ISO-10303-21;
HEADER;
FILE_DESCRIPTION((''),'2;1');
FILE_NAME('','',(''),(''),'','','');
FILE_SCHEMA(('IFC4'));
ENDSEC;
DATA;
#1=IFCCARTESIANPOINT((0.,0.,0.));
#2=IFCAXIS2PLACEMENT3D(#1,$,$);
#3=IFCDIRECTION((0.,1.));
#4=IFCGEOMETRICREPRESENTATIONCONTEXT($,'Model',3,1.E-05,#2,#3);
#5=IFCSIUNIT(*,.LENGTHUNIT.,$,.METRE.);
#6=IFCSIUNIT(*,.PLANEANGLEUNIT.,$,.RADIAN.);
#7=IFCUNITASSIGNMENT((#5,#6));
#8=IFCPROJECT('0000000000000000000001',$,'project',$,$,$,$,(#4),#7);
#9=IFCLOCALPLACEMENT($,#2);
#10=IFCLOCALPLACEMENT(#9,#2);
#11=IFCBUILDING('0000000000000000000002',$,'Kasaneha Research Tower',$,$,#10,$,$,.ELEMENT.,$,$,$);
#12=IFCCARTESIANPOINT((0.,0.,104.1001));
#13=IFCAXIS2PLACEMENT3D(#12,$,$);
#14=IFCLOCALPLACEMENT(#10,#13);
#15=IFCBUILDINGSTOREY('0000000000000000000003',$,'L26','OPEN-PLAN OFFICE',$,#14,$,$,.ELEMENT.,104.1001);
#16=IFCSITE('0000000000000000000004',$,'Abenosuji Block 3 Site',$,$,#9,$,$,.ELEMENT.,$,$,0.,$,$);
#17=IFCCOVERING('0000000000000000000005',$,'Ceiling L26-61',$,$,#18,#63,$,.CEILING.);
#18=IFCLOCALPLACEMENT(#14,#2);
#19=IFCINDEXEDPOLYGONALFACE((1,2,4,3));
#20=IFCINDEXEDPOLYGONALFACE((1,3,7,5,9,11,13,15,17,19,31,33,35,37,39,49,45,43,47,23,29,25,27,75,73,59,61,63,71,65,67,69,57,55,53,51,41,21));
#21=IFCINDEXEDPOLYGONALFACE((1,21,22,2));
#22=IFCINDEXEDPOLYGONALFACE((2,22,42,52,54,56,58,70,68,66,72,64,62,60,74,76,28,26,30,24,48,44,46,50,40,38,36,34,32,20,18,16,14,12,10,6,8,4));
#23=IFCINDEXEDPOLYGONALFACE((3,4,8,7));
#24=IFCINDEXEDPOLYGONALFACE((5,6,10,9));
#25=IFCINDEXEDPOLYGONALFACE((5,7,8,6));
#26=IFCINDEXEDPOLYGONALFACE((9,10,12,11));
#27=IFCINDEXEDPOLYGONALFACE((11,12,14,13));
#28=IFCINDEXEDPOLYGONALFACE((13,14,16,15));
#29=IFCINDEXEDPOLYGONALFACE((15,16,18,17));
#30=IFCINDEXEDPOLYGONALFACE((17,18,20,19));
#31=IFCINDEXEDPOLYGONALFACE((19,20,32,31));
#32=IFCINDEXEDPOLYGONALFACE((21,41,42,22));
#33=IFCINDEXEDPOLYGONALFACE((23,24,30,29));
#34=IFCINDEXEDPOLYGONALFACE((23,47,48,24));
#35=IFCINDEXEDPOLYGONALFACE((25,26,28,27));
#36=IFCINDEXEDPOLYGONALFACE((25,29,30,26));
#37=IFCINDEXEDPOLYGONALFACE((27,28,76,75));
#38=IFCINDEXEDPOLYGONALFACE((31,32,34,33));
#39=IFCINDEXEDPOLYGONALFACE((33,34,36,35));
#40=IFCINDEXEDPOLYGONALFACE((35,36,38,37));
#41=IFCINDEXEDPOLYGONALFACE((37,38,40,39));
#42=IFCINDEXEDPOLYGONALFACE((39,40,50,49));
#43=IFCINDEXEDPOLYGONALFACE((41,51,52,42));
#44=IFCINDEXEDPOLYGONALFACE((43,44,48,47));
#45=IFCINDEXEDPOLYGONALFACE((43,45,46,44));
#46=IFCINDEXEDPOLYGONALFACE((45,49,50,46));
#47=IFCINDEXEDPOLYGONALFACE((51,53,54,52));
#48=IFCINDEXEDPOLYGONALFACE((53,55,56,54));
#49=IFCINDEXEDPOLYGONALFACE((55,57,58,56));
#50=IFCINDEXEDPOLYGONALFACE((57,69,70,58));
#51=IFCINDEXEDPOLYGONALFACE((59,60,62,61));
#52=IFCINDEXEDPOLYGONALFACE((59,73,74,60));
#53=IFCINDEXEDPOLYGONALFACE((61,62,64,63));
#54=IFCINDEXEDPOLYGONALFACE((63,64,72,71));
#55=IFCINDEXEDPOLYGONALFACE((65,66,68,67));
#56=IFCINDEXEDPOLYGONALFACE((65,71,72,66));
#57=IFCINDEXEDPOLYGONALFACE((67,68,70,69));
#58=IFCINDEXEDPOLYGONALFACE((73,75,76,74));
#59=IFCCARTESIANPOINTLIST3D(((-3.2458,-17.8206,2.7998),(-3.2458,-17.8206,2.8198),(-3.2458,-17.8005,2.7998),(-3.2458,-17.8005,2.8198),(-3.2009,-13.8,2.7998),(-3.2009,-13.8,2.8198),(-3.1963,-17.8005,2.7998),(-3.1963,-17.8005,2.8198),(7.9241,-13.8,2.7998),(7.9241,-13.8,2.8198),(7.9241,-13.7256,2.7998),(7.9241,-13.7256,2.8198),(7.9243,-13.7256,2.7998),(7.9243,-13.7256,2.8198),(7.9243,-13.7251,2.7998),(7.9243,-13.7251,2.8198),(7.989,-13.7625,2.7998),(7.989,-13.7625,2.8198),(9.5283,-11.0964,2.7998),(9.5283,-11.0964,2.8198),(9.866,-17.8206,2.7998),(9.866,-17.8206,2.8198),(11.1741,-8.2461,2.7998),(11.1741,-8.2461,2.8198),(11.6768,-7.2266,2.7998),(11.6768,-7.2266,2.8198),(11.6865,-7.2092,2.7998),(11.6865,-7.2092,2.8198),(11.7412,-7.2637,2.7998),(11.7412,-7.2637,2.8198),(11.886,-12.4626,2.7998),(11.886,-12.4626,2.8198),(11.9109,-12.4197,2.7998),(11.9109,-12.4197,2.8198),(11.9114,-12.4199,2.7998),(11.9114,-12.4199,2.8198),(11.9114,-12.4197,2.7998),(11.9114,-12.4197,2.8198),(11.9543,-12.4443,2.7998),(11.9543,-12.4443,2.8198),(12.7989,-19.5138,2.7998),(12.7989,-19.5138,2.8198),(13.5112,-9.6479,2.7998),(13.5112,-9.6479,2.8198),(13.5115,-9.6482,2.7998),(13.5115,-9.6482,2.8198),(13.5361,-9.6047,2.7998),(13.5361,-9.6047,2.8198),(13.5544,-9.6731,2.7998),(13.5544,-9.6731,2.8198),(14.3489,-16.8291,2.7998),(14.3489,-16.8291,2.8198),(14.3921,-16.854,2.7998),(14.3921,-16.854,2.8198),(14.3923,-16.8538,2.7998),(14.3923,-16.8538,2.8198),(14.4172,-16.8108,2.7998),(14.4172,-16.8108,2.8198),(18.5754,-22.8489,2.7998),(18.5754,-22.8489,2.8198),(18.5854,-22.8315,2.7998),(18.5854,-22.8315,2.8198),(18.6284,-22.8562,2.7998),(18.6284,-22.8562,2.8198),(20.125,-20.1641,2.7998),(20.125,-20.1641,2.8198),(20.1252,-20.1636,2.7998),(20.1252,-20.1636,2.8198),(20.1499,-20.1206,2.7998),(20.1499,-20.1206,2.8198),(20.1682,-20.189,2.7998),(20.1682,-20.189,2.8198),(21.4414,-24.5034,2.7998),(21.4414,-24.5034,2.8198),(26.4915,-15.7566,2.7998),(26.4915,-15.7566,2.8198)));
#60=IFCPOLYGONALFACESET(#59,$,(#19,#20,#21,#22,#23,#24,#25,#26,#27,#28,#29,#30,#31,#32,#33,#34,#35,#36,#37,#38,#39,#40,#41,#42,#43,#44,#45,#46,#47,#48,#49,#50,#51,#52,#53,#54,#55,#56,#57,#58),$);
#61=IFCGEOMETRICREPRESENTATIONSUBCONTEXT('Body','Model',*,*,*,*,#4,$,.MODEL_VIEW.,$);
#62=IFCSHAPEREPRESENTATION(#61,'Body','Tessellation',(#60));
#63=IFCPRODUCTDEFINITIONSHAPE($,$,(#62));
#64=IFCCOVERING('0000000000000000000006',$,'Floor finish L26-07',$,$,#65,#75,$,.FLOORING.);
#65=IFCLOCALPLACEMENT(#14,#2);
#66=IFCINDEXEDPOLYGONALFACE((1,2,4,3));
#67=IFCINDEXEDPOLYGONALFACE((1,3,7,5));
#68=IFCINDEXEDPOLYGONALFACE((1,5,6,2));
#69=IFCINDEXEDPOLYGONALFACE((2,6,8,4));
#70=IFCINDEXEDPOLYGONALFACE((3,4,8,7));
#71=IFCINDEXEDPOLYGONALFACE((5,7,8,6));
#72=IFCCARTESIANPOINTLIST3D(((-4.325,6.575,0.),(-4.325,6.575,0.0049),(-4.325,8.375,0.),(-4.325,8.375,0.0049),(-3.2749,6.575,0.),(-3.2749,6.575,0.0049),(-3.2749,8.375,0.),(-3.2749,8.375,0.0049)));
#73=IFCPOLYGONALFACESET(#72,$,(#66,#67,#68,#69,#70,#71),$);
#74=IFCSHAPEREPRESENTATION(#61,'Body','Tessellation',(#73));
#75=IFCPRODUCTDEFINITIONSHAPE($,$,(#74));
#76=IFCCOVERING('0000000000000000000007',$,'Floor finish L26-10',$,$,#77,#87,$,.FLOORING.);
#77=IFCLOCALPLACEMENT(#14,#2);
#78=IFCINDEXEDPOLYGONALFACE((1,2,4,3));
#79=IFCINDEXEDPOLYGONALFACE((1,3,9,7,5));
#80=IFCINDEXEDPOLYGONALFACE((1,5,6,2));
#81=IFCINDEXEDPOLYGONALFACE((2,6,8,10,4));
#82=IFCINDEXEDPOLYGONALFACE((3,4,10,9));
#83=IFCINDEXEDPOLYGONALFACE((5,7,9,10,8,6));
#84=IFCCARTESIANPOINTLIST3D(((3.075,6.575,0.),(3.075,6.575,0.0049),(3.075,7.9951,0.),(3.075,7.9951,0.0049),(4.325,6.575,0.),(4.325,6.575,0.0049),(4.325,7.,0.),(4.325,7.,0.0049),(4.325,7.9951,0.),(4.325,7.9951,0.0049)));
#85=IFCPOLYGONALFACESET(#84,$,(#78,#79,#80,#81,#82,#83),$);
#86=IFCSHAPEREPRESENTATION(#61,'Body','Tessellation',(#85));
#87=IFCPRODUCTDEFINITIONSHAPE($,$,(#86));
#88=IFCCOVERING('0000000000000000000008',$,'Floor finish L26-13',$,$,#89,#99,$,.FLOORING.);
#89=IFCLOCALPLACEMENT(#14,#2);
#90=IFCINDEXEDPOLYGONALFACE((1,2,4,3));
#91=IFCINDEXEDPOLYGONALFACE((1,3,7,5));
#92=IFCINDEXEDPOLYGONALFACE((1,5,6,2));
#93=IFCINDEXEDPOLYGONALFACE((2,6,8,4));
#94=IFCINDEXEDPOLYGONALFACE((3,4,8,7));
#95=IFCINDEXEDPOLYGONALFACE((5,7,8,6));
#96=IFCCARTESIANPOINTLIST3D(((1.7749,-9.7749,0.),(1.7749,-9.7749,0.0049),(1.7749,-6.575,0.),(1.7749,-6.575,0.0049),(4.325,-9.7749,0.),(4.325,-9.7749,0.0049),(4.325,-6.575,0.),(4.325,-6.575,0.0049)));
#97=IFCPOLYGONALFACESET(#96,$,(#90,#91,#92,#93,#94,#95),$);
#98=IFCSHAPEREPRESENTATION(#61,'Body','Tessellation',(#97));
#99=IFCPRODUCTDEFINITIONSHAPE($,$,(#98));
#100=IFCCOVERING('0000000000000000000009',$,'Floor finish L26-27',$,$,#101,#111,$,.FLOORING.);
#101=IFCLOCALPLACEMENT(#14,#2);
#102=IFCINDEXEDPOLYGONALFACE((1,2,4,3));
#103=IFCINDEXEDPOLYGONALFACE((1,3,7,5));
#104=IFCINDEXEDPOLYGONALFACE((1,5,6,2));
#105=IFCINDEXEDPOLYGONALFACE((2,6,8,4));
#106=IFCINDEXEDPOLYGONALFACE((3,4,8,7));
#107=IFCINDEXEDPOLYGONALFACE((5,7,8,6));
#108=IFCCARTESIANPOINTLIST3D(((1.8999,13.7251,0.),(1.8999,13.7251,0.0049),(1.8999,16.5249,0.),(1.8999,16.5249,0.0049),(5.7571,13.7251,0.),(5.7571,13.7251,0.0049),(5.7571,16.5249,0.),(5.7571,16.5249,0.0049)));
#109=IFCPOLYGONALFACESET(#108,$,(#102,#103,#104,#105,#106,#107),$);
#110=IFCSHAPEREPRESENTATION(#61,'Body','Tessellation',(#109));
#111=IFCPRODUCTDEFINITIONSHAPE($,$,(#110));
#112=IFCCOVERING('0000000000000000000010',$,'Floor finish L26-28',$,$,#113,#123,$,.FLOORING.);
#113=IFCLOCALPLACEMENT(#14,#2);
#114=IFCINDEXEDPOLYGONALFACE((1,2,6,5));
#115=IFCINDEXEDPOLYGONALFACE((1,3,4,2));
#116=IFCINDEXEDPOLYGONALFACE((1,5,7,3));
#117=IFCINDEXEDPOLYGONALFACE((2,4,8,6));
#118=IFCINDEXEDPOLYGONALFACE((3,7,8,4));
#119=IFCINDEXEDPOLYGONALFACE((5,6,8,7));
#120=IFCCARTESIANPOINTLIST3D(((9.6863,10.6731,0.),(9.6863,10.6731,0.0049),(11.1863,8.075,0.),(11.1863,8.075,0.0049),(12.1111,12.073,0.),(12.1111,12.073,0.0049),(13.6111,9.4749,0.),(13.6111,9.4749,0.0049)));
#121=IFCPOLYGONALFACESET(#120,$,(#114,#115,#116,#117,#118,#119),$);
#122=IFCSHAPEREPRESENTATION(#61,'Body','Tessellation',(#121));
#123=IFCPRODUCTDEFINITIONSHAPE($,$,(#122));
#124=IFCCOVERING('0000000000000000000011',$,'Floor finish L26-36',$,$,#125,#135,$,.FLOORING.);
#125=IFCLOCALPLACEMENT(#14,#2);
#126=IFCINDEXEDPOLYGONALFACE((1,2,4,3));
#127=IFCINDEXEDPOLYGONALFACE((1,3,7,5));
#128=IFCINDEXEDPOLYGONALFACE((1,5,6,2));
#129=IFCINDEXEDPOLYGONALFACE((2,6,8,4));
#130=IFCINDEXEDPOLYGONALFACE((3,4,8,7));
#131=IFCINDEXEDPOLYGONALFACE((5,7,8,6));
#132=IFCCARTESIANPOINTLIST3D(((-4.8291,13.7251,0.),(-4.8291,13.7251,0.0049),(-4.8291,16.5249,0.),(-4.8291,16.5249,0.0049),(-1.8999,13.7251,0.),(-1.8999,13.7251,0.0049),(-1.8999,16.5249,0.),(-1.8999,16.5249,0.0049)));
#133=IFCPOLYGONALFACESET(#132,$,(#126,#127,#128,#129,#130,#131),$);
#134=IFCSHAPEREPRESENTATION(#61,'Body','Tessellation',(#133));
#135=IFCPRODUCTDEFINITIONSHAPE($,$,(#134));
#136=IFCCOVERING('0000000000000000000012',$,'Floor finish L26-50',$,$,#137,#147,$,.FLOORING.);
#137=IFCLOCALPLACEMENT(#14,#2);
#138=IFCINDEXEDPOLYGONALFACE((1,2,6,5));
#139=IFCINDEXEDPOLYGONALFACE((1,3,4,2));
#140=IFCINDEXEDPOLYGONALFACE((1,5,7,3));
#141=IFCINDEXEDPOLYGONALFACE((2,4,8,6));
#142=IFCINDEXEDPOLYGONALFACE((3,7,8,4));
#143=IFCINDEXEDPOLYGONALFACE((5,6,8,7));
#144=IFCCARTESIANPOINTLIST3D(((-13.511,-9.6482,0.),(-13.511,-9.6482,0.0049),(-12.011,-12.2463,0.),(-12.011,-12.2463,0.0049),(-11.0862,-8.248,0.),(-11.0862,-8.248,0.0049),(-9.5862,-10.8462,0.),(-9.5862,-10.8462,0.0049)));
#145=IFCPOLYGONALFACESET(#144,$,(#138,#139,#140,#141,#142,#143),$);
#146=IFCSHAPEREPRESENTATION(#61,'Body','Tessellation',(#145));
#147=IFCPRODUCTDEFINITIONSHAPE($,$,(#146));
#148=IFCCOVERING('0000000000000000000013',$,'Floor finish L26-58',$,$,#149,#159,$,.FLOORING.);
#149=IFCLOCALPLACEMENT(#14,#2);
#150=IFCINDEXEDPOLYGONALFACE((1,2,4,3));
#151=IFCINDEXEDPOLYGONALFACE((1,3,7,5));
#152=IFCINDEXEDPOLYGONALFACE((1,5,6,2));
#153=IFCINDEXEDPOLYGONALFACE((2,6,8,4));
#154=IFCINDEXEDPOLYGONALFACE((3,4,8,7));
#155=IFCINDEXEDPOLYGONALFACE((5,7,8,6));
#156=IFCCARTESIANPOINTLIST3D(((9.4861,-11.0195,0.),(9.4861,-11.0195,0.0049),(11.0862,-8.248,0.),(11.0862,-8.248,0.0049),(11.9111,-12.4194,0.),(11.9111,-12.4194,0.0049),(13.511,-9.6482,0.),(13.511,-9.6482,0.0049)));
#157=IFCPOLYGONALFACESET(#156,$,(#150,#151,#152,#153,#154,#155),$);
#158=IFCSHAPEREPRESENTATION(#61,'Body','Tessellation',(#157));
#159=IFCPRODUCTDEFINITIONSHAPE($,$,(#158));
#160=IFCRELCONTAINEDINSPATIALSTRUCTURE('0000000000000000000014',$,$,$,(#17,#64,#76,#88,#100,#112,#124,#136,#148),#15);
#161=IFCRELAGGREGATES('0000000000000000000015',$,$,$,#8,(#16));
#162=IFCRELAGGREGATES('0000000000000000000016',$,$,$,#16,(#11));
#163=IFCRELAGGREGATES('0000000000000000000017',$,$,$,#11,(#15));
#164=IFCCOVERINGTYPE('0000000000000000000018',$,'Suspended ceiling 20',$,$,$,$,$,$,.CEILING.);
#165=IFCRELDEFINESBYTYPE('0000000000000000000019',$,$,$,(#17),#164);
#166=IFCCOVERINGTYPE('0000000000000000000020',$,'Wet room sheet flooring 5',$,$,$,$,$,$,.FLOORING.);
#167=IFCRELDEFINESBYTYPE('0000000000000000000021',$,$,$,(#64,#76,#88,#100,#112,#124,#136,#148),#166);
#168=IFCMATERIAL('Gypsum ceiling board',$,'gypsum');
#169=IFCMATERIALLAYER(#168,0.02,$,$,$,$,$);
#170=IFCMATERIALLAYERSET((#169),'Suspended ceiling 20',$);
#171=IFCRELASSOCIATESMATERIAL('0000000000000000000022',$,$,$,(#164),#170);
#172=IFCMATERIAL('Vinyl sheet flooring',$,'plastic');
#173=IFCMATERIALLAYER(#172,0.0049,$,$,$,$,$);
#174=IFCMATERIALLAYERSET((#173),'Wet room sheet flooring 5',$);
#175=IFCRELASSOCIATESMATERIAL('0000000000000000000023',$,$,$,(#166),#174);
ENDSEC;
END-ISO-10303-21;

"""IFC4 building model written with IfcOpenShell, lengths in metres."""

from ifc_helpers import new_model, si_unit, direction, frame, origin, place, context, subcontext, project, spatial, polyline, outline, extrude, material, layer, layer_set, type_object, element, save


model = new_model("IFC4")

# Units and contexts
model_context = context("Model", 3, precision=1e-05, world=origin(), true_north=direction((0.0, 1.0)))
body_context = subcontext(model_context, "Body", "Model", "MODEL_VIEW")
ifc_project = project(units=[si_unit("LENGTHUNIT", "METRE"), si_unit("PLANEANGLEUNIT", "RADIAN")], contexts=[model_context])

# Site, building, storey
site_placement = place(None, origin())
site = spatial("IfcSite", under=ifc_project, at=site_placement, Name="Abenosuji Block 3 Site", CompositionType="ELEMENT", RefElevation=0.0)
building_placement = place(site_placement, origin())
building = spatial("IfcBuilding", under=site, at=building_placement, Name="Kasaneha Research Tower", CompositionType="ELEMENT")
storey_placement = place(building_placement, frame((0.0, 0.0, 104.1001)))
storey = spatial("IfcBuildingStorey", under=building, at=storey_placement, Name="L26", Description="OPEN-PLAN OFFICE", CompositionType="ELEMENT", Elevation=104.1001)

# Coverings
ifc_material_1 = material(Name="Gypsum ceiling board", Category="gypsum")
ifc_layer_1 = layer(ifc_material_1, 0.02)
ifc_layer_set_1 = layer_set([ifc_layer_1], Name="Suspended ceiling 20")
covering_type_1 = type_object("IfcCoveringType", Name="Suspended ceiling 20", PredefinedType="CEILING", material=ifc_layer_set_1)
covering_1_placement = place(storey_placement, frame((0.0, 0.0, 2.7998)))
element("IfcCovering", 1, at=covering_1_placement, inside=storey, type_object=covering_type_1, Name="Ceiling L26-61", PredefinedType="CEILING", context=body_context, shape_type="SweptSolid", body=[
    extrude(outline(polyline([(7.9243, -13.7256), (7.9243, -13.7251), (7.989, -13.7625), (9.5283, -11.0964), (11.886, -12.4626), (11.9109, -12.4197), (11.9114, -12.4199), (11.9114, -12.4197), (11.9543, -12.4443), (13.5544, -9.6731), (13.5115, -9.6482), (13.5115, -9.6482), (13.5112, -9.6479), (13.5361, -9.6047), (11.1741, -8.2461), (11.7412, -7.2637), (11.6768, -7.2266), (11.6865, -7.2092), (26.4915, -15.7566), (21.4414, -24.5034), (18.5754, -22.8489), (18.5854, -22.8315), (18.6284, -22.8562), (20.1682, -20.189), (20.125, -20.1641), (20.1252, -20.1636), (20.1252, -20.1636), (20.1499, -20.1206), (14.4172, -16.8108), (14.3923, -16.8538), (14.3923, -16.8538), (14.3921, -16.854), (14.3489, -16.8291), (12.7988, -19.5139), (12.8418, -19.5386), (12.8418, -19.5386), (9.866, -17.8206), (-3.2458, -17.8206), (-3.2458, -17.8005), (-3.1963, -17.8005), (-3.2009, -13.8), (7.9241, -13.8), (7.9241, -13.7256), (7.9243, -13.7256)])), origin(), (0.0, 0.0, 1.0), 0.02),
])
ifc_material_2 = material(Name="Vinyl sheet flooring", Category="plastic")
ifc_layer_2 = layer(ifc_material_2, 0.0049)
ifc_layer_set_2 = layer_set([ifc_layer_2], Name="Wet room sheet flooring 5")
covering_type_2 = type_object("IfcCoveringType", Name="Wet room sheet flooring 5", PredefinedType="FLOORING", material=ifc_layer_set_2)
covering_2_placement = place(storey_placement, origin())
element("IfcCovering", 2, at=covering_2_placement, inside=storey, type_object=covering_type_2, Name="Floor finish L26-07", PredefinedType="FLOORING", context=body_context, shape_type="SweptSolid", body=[
    extrude(outline(polyline([(-4.325, 6.575), (-4.325, 8.375), (-3.2749, 8.375), (-3.2749, 6.575), (-4.325, 6.575)])), origin(), (0.0, 0.0, 1.0), 0.0049),
])
covering_3_placement = place(storey_placement, origin())
element("IfcCovering", 3, at=covering_3_placement, inside=storey, type_object=covering_type_2, Name="Floor finish L26-10", PredefinedType="FLOORING", context=body_context, shape_type="SweptSolid", body=[
    extrude(outline(polyline([(3.075, 6.575), (3.075, 7.9951), (4.325, 7.9951), (4.325, 7.0), (4.325, 6.575), (3.075, 6.575)])), origin(), (0.0, 0.0, 1.0), 0.0049),
])
covering_4_placement = place(storey_placement, origin())
element("IfcCovering", 4, at=covering_4_placement, inside=storey, type_object=covering_type_2, Name="Floor finish L26-13", PredefinedType="FLOORING", context=body_context, shape_type="SweptSolid", body=[
    extrude(outline(polyline([(1.7749, -9.7749), (1.7749, -6.575), (4.325, -6.575), (4.325, -9.7749), (1.7749, -9.7749)])), origin(), (0.0, 0.0, 1.0), 0.0049),
])
covering_5_placement = place(storey_placement, origin())
element("IfcCovering", 5, at=covering_5_placement, inside=storey, type_object=covering_type_2, Name="Floor finish L26-27", PredefinedType="FLOORING", context=body_context, shape_type="SweptSolid", body=[
    extrude(outline(polyline([(1.8999, 16.5249), (5.7571, 16.5249), (5.7571, 13.7251), (1.8999, 13.7251), (1.8999, 16.5249)])), origin(), (0.0, 0.0, 1.0), 0.0049),
])
covering_6_placement = place(storey_placement, origin())
element("IfcCovering", 6, at=covering_6_placement, inside=storey, type_object=covering_type_2, Name="Floor finish L26-28", PredefinedType="FLOORING", context=body_context, shape_type="SweptSolid", body=[
    extrude(outline(polyline([(12.1111, 12.073), (13.6111, 9.4749), (11.1863, 8.075), (9.6863, 10.6731), (12.1111, 12.073)])), origin(), (0.0, 0.0, 1.0), 0.0049),
])
covering_7_placement = place(storey_placement, origin())
element("IfcCovering", 7, at=covering_7_placement, inside=storey, type_object=covering_type_2, Name="Floor finish L26-36", PredefinedType="FLOORING", context=body_context, shape_type="SweptSolid", body=[
    extrude(outline(polyline([(-4.8291, 16.5249), (-1.8999, 16.5249), (-1.8999, 13.7251), (-4.8291, 13.7251), (-4.8291, 16.5249)])), origin(), (0.0, 0.0, 1.0), 0.0049),
])
covering_8_placement = place(storey_placement, origin())
element("IfcCovering", 8, at=covering_8_placement, inside=storey, type_object=covering_type_2, Name="Floor finish L26-50", PredefinedType="FLOORING", context=body_context, shape_type="SweptSolid", body=[
    extrude(outline(polyline([(-12.011, -12.2463), (-13.511, -9.6482), (-11.0862, -8.248), (-9.5862, -10.8462), (-12.011, -12.2463)])), origin(), (0.0, 0.0, 1.0), 0.0049),
])
covering_9_placement = place(storey_placement, origin())
element("IfcCovering", 9, at=covering_9_placement, inside=storey, type_object=covering_type_2, Name="Floor finish L26-58", PredefinedType="FLOORING", context=body_context, shape_type="SweptSolid", body=[
    extrude(outline(polyline([(13.511, -9.6482), (11.9111, -12.4194), (9.4861, -11.0195), (11.0862, -8.248), (13.511, -9.6482)])), origin(), (0.0, 0.0, 1.0), 0.0049),
])

save(model, "model.ifc")
